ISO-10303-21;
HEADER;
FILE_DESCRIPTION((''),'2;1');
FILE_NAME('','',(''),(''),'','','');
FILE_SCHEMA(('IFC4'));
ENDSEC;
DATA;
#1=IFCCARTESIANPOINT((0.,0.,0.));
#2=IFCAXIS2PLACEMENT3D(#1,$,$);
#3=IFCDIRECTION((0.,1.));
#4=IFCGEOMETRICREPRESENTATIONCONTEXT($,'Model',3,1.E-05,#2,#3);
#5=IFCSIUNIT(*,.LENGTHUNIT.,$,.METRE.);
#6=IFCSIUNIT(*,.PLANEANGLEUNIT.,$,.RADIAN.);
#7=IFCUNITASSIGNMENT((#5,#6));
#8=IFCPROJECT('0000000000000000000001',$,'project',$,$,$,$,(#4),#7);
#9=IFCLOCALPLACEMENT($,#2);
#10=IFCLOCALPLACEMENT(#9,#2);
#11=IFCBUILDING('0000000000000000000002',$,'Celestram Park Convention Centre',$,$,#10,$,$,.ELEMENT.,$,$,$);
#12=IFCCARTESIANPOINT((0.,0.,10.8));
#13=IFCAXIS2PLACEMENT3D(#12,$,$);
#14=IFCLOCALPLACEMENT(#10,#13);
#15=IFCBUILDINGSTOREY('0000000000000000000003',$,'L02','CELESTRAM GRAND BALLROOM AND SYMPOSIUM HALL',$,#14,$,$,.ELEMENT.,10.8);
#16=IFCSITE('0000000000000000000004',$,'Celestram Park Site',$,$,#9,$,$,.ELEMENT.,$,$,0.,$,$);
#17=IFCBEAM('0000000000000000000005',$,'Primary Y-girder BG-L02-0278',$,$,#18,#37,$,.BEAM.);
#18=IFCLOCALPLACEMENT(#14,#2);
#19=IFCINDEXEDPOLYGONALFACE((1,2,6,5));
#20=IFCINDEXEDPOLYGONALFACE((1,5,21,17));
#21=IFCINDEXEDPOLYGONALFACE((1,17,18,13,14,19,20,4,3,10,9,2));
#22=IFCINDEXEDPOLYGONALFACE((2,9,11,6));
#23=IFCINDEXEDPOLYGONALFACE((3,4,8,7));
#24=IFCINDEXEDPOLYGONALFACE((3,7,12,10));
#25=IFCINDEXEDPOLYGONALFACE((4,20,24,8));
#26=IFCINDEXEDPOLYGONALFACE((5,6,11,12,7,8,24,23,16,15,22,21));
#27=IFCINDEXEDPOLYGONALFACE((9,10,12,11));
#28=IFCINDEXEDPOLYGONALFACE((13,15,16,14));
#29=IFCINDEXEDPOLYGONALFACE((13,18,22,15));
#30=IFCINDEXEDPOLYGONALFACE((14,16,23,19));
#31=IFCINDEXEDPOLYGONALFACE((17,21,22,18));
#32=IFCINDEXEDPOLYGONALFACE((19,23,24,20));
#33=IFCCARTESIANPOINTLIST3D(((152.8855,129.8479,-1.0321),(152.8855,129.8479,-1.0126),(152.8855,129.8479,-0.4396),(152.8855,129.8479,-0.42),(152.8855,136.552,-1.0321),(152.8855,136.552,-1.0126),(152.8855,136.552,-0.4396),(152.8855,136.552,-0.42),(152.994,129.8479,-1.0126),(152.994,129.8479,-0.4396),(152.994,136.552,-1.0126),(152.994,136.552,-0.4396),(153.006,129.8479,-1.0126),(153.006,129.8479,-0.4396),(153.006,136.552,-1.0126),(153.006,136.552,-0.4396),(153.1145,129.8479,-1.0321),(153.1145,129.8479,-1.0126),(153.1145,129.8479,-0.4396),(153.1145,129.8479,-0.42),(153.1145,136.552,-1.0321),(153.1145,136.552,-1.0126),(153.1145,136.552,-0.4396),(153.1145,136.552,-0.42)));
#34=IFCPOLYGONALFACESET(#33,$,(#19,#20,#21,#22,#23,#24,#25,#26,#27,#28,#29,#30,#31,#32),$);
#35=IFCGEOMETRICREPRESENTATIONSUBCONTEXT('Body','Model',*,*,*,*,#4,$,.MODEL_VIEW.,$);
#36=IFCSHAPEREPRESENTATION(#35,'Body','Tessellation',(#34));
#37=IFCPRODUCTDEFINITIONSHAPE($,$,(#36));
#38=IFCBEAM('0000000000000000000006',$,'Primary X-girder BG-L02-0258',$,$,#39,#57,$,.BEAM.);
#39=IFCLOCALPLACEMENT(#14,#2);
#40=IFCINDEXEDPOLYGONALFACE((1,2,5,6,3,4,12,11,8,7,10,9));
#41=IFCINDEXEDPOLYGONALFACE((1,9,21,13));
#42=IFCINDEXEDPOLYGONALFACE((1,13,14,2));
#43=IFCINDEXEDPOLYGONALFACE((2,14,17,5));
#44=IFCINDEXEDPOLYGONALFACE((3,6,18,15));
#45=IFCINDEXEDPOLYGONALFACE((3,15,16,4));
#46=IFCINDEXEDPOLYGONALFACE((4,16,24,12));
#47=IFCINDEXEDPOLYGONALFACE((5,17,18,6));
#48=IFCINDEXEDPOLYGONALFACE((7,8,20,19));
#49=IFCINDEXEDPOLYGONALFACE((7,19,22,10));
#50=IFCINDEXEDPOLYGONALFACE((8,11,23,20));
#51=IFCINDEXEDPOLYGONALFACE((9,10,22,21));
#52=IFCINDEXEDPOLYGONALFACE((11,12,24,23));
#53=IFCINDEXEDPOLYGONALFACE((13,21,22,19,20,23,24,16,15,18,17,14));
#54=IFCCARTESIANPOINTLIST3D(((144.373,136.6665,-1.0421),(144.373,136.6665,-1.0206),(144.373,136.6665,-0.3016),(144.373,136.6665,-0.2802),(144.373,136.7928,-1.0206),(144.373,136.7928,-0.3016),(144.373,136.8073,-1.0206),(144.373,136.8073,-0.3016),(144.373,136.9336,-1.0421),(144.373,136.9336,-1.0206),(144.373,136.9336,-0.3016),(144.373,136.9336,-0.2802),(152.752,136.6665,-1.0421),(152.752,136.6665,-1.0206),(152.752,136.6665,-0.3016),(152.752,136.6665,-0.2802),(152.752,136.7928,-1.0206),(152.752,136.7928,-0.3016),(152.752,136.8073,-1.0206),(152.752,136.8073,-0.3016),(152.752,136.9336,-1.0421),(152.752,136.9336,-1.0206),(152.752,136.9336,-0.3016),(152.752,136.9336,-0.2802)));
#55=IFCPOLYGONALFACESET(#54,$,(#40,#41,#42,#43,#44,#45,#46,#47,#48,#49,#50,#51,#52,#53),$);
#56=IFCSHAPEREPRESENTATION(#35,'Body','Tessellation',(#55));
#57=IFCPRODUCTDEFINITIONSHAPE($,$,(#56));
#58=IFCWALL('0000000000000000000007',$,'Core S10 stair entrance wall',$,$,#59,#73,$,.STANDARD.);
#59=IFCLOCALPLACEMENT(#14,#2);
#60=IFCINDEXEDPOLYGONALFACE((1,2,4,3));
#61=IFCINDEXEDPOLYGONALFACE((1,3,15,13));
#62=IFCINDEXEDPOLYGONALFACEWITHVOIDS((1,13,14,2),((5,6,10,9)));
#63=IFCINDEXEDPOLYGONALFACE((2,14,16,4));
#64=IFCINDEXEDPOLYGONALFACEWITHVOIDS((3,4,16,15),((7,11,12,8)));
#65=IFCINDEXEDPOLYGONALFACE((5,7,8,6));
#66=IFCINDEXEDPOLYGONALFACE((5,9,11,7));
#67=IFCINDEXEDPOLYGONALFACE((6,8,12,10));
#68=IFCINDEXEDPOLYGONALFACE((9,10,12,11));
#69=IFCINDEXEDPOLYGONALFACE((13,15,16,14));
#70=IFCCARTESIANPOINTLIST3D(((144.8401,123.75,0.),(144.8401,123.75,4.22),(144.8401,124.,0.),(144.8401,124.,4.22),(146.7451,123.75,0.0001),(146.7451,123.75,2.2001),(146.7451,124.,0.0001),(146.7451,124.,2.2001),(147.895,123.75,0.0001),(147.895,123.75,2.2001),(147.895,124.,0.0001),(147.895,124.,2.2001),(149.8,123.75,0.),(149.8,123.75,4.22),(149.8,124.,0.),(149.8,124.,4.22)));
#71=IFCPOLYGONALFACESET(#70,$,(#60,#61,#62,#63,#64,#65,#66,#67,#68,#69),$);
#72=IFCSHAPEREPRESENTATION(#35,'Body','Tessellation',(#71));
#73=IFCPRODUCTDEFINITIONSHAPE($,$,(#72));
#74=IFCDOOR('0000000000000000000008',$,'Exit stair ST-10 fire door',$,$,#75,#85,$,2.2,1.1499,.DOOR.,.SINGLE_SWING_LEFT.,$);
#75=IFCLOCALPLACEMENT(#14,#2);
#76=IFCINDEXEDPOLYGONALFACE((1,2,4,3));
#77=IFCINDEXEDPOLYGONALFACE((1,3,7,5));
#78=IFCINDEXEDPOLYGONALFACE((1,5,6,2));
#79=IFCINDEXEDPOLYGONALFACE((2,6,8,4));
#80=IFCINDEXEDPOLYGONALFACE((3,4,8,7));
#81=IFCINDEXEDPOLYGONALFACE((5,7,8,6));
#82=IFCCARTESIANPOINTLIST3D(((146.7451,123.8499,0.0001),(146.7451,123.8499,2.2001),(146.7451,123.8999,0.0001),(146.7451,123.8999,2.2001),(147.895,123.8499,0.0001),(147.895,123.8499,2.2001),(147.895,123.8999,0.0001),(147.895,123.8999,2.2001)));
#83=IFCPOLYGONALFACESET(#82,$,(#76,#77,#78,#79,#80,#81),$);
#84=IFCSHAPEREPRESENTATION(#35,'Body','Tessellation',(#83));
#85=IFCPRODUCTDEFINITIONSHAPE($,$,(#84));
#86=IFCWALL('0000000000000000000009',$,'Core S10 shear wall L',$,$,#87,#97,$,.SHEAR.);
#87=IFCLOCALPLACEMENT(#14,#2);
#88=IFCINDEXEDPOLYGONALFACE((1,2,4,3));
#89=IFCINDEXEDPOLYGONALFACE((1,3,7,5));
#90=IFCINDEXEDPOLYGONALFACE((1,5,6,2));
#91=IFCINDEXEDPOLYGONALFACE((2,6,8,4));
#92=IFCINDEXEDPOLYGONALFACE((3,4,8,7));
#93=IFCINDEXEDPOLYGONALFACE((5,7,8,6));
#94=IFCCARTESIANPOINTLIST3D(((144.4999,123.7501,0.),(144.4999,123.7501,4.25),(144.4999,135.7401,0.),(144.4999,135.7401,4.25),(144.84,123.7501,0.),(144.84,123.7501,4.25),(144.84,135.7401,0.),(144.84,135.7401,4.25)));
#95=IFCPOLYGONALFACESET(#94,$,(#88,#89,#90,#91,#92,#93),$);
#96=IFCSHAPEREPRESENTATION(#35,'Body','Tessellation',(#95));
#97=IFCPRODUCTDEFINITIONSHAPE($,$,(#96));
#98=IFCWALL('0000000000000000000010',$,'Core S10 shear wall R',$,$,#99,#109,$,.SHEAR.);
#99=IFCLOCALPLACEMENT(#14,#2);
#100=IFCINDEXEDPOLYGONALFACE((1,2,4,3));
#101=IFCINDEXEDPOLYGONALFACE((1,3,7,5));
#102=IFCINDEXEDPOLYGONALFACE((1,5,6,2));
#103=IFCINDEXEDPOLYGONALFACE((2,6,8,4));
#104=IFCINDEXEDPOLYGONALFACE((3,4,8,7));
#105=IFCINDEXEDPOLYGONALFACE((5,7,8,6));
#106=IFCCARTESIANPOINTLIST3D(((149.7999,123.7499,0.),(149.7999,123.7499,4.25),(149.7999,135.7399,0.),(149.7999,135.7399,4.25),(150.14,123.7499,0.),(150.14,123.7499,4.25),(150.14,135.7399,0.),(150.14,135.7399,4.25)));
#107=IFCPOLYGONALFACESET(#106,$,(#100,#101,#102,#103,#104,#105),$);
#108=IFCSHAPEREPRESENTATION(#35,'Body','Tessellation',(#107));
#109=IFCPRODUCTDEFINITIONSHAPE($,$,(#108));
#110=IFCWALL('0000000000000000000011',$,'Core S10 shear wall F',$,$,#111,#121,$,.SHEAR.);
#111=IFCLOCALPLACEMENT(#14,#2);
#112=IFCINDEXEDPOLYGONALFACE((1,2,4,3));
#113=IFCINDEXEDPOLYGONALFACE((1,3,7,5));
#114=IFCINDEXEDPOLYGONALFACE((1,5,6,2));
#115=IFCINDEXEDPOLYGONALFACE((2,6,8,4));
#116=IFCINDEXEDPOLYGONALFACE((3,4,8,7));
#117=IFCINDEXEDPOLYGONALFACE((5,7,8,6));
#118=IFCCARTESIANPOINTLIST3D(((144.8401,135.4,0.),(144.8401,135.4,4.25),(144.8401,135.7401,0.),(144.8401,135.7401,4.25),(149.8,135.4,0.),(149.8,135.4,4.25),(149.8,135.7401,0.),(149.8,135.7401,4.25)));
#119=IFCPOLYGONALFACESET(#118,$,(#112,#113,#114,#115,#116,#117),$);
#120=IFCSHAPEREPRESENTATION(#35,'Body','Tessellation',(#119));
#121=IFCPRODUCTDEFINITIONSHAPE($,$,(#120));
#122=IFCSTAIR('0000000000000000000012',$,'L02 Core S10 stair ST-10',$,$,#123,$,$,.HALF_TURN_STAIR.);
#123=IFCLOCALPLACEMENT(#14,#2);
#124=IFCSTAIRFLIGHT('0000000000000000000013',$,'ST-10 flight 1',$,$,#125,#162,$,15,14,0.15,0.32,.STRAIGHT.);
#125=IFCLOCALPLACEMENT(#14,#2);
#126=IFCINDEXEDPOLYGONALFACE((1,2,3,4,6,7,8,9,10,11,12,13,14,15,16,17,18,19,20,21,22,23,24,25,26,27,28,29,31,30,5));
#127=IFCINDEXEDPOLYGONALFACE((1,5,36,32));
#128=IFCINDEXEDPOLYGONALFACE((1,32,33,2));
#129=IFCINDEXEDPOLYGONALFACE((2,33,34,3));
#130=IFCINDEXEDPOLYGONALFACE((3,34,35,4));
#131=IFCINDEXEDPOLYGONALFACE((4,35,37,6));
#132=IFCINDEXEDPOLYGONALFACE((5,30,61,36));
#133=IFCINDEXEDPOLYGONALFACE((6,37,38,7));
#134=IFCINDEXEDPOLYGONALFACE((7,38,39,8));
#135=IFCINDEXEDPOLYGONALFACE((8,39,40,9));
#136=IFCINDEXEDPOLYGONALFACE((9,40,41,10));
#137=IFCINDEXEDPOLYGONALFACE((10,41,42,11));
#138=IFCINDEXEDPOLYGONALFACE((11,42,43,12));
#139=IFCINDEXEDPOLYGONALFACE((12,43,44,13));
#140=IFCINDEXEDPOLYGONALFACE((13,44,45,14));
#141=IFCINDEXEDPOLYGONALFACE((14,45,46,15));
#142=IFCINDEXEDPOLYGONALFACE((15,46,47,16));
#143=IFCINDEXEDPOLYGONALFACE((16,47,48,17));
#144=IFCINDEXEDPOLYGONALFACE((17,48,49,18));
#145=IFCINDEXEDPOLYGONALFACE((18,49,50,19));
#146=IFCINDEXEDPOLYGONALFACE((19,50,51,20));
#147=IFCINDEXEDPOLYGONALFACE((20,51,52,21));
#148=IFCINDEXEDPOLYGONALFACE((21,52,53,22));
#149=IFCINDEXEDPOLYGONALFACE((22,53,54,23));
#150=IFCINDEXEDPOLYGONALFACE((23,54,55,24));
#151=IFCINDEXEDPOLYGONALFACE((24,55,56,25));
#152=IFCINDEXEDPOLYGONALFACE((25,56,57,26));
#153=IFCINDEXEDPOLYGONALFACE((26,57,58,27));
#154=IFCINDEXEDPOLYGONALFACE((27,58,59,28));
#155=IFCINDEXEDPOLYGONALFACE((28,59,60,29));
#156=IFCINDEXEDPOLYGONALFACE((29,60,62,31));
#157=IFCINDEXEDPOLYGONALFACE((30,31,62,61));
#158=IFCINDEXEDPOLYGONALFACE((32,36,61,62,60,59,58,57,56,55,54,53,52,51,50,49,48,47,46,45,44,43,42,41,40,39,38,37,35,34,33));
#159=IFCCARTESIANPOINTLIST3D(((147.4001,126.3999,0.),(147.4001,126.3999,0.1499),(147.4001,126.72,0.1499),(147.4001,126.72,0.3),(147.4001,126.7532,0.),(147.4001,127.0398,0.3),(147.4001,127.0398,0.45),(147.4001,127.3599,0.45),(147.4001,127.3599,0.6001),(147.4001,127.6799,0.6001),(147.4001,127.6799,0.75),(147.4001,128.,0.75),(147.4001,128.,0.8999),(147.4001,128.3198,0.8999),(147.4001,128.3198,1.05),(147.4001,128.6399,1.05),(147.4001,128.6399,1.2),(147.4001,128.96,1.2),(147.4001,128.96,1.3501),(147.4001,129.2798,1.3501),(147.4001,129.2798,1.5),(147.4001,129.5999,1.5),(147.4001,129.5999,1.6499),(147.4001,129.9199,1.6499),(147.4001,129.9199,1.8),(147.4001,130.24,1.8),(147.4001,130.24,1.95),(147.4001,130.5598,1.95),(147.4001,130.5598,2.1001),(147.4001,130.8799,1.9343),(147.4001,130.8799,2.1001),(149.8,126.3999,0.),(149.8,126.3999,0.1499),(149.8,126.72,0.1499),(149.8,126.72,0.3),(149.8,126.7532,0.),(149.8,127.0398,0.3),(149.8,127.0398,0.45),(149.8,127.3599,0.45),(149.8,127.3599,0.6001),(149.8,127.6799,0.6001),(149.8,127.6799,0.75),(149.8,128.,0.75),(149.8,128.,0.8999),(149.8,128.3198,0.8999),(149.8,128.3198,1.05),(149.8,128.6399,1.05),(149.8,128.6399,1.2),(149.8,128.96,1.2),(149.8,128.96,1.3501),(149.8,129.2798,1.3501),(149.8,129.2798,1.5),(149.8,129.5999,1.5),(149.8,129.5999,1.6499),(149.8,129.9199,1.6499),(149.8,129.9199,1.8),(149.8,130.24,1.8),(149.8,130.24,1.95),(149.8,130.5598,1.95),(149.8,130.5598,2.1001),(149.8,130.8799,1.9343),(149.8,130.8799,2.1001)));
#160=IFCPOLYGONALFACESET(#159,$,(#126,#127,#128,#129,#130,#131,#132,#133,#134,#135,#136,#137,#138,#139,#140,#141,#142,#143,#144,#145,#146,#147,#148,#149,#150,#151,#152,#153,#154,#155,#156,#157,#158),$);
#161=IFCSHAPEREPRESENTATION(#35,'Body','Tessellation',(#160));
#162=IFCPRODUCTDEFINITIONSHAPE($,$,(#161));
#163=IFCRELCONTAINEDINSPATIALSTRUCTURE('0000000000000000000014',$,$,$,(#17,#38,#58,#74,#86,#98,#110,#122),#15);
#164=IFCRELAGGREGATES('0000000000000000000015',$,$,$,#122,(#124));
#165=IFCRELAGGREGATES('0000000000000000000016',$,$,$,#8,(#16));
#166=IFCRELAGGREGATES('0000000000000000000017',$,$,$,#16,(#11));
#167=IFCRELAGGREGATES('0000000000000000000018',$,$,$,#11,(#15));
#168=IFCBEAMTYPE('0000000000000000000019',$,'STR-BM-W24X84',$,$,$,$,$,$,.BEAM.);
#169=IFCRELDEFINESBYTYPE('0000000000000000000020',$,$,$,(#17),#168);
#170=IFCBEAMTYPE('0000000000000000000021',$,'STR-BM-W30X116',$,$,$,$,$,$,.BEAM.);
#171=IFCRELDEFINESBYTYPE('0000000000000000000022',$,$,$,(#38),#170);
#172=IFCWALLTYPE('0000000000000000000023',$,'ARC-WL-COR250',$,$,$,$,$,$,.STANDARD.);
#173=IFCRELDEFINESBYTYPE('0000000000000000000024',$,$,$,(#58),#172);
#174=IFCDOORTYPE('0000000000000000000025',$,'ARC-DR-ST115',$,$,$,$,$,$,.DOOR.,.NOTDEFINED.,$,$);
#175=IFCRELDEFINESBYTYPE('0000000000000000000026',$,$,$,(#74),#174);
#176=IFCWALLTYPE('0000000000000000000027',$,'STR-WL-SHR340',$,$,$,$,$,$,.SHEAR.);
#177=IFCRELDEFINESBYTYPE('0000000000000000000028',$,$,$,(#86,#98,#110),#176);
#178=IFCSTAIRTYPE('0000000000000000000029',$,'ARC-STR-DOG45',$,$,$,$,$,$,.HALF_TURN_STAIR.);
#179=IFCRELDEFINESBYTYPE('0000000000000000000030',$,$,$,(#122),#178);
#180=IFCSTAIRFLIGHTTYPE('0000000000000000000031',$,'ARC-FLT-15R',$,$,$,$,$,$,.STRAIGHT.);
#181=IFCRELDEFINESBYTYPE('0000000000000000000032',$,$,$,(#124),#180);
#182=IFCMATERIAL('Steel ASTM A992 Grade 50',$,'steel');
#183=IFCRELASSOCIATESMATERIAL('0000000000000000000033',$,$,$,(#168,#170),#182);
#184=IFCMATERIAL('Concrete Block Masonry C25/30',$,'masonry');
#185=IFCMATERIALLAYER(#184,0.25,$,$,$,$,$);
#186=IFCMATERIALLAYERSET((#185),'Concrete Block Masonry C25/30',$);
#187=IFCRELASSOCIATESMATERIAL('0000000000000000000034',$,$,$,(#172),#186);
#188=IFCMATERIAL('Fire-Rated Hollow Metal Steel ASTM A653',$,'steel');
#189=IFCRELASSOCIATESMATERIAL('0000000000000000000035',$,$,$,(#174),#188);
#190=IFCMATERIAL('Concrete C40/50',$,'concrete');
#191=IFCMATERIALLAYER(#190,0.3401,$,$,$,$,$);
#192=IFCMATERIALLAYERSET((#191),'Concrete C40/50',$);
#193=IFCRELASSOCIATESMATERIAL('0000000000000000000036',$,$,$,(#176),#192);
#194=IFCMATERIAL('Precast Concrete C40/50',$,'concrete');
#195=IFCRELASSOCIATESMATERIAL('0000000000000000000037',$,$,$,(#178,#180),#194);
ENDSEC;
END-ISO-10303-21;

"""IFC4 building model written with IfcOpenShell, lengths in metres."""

from ifc_helpers import new_model, si_unit, direction, frame, frame_2d, origin, origin_2d, place, context, subcontext, project, spatial, polyline, rectangle, i_section, outline, extrude, material, layer, layer_set, material_profile, profile_set, type_object, element, fill, aggregate, save


model = new_model("IFC4")

# Units and contexts
model_context = context("Model", 3, precision=1e-05, world=origin(), true_north=direction((0.0, 1.0)))
body_context = subcontext(model_context, "Body", "Model", "MODEL_VIEW")
ifc_project = project(units=[si_unit("LENGTHUNIT", "METRE"), si_unit("PLANEANGLEUNIT", "RADIAN")], contexts=[model_context])

# Site, building, storey
site_placement = place(None, origin())
site = spatial("IfcSite", under=ifc_project, at=site_placement, Name="Celestram Park Site", CompositionType="ELEMENT", RefElevation=0.0)
building_placement = place(site_placement, origin())
building = spatial("IfcBuilding", under=site, at=building_placement, Name="Celestram Park Convention Centre", CompositionType="ELEMENT")
storey_placement = place(building_placement, frame((0.0, 0.0, 10.8)))
storey = spatial("IfcBuildingStorey", under=building, at=storey_placement, Name="L02", Description="CELESTRAM GRAND BALLROOM AND SYMPOSIUM HALL", CompositionType="ELEMENT", Elevation=10.8)

# Shared definitions
ifc_material_1 = material(Name="Concrete C40/50", Category="concrete")

# Beams
ifc_material_2 = material(Name="Steel ASTM A992 Grade 50", Category="steel")
ifc_material_profile_1 = material_profile(ifc_material_2, i_section(OverallWidth=0.229, OverallDepth=0.6121, WebThickness=0.012, FlangeThickness=0.0195, at=origin_2d()), Name="W24X84")
ifc_profile_set_1 = profile_set([ifc_material_profile_1], Name="Steel ASTM A992 Grade 50")
beam_type_1 = type_object("IfcBeamType", Name="STR-BM-W24X84", PredefinedType="BEAM", material=ifc_profile_set_1)
for number, where, z_axis, x_axis, name in (
    (1, (153.0, 129.8479, -0.7261), (0.0, 1.0, 0.0), (-1.0, 0.0, 0.0), "Primary Y-girder BG-L02-0278"),
):
    element("IfcBeam", number, at=place(storey_placement, frame(where, z_axis=z_axis, x_axis=x_axis)), inside=storey, type_object=beam_type_1, Name=name, PredefinedType="BEAM", context=body_context, shape_type="SweptSolid", body=[
        extrude(i_section(OverallWidth=0.229, OverallDepth=0.6121, WebThickness=0.012, FlangeThickness=0.0195, at=origin_2d()), origin(), (0.0, 0.0, 1.0), 6.7041),
    ])
ifc_material_profile_2 = material_profile(ifc_material_2, i_section(OverallWidth=0.2671, OverallDepth=0.762, WebThickness=0.0144, FlangeThickness=0.0215, at=origin_2d()), Name="W30X116")
ifc_profile_set_2 = profile_set([ifc_material_profile_2], Name="Steel ASTM A992 Grade 50")
beam_type_2 = type_object("IfcBeamType", Name="STR-BM-W30X116", PredefinedType="BEAM", material=ifc_profile_set_2)
beam_placement = place(storey_placement, frame((144.373, 136.8, -0.6611), z_axis=(1.0, 0.0, 0.0), x_axis=(0.0, 1.0, 0.0)))
element("IfcBeam", 2, at=beam_placement, inside=storey, type_object=beam_type_2, Name="Primary X-girder BG-L02-0258", PredefinedType="BEAM", context=body_context, shape_type="SweptSolid", body=[
    extrude(i_section(OverallWidth=0.2671, OverallDepth=0.762, WebThickness=0.0144, FlangeThickness=0.0215, at=origin_2d()), origin(), (0.0, 0.0, 1.0), 8.3789),
])

# Wall, opening, door
ifc_material_3 = material(Name="Concrete Block Masonry C25/30", Category="masonry")
ifc_layer_1 = layer(ifc_material_3, 0.25)
ifc_layer_set_1 = layer_set([ifc_layer_1], Name="Concrete Block Masonry C25/30")
wall_type_1 = type_object("IfcWallType", Name="ARC-WL-COR250", PredefinedType="STANDARD", material=ifc_layer_set_1)
wall_1_placement = place(storey_placement, frame((144.8401, 123.875, 0.0), z_axis=(0.0, 0.0, 1.0), x_axis=(1.0, 0.0, 0.0)))
wall_1 = element("IfcWall", 3, at=wall_1_placement, inside=storey, type_object=wall_type_1, Name="Core S10 stair entrance wall", PredefinedType="STANDARD", context=body_context, shape_type="SweptSolid", body=[
    extrude(rectangle(XDim=4.96, YDim=0.25, at=frame_2d((2.48, 0.0))), origin(), (0.0, 0.0, 1.0), 4.22),
])
opening_placement = place(wall_1_placement, frame((1.905, 0.0, 0.0)))
opening = element("IfcOpeningElement", 4, at=opening_placement, cuts=wall_1, PredefinedType="OPENING", context=body_context, shape_type="SweptSolid", body=[
    extrude(rectangle(XDim=1.1499, YDim=2.2, at=frame_2d((0.575, 1.1001))), frame((0.0, 0.135, 0.0), z_axis=(0.0, -1.0, 0.0), x_axis=(1.0, 0.0, 0.0)), (0.0, 0.0, 1.0), 0.27),
])
ifc_material_4 = material(Name="Fire-Rated Hollow Metal Steel ASTM A653", Category="steel")
door_type = type_object("IfcDoorType", Name="ARC-DR-ST115", OperationType="NOTDEFINED", PredefinedType="DOOR", material=ifc_material_4)
door_placement = place(opening_placement, origin())
door = element("IfcDoor", 5, at=door_placement, inside=storey, type_object=door_type, Name="Exit stair ST-10 fire door", OperationType="SINGLE_SWING_LEFT", OverallHeight=2.2, OverallWidth=1.1499, PredefinedType="DOOR", context=body_context, shape_type="SweptSolid", body=[
    extrude(rectangle(XDim=1.1499, YDim=2.2, at=frame_2d((0.575, 1.1001))), frame((0.0, 0.0249, 0.0), z_axis=(0.0, -1.0, 0.0), x_axis=(1.0, 0.0, 0.0)), (0.0, 0.0, 1.0), 0.05),
])
fill(opening, door)

# Walls
ifc_layer_2 = layer(ifc_material_1, 0.3401)
ifc_layer_set_2 = layer_set([ifc_layer_2], Name="Concrete C40/50")
wall_type_2 = type_object("IfcWallType", Name="STR-WL-SHR340", PredefinedType="SHEAR", material=ifc_layer_set_2)
for number, where, z_axis, x_axis, name in (
    (6, (144.6699, 123.75, 0.0), (0.0, 0.0, 1.0), (0.0, 1.0, 0.0), "Core S10 shear wall L"),
    (7, (149.97, 135.74, 0.0), (0.0, 0.0, 1.0), (0.0, -1.0, 0.0), "Core S10 shear wall R"),
):
    element("IfcWall", number, at=place(storey_placement, frame(where, z_axis=z_axis, x_axis=x_axis)), inside=storey, type_object=wall_type_2, Name=name, PredefinedType="SHEAR", context=body_context, shape_type="SweptSolid", body=[
        extrude(rectangle(XDim=11.99, YDim=0.3401, at=frame_2d((5.9951, 0.0))), origin(), (0.0, 0.0, 1.0), 4.25),
    ])
wall_2_placement = place(storey_placement, frame((144.8401, 135.5701, 0.0), z_axis=(0.0, 0.0, 1.0), x_axis=(1.0, 0.0, 0.0)))
element("IfcWall", 8, at=wall_2_placement, inside=storey, type_object=wall_type_2, Name="Core S10 shear wall F", PredefinedType="SHEAR", context=body_context, shape_type="SweptSolid", body=[
    extrude(rectangle(XDim=4.96, YDim=0.3401, at=frame_2d((2.48, 0.0))), origin(), (0.0, 0.0, 1.0), 4.25),
])

# Stair, stair flight
ifc_material_5 = material(Name="Precast Concrete C40/50", Category="concrete")
stair_type = type_object("IfcStairType", Name="ARC-STR-DOG45", PredefinedType="HALF_TURN_STAIR", material=ifc_material_5)
stair_placement = place(storey_placement, origin())
stair = element("IfcStair", 9, at=stair_placement, inside=storey, type_object=stair_type, Name="L02 Core S10 stair ST-10", PredefinedType="HALF_TURN_STAIR")
stair_flight_type = type_object("IfcStairFlightType", Name="ARC-FLT-15R", PredefinedType="STRAIGHT", material=ifc_material_5)
stair_flight_1_placement = place(storey_placement, frame((148.6001, 126.3999, 0.0), z_axis=(0.0, 0.0, 1.0), x_axis=(0.0, 1.0, 0.0)))
stair_flight_1 = element("IfcStairFlight", 10, at=stair_flight_1_placement, type_object=stair_flight_type, Name="ST-10 flight 1", NumberOfRisers=15, NumberOfTreads=14, PredefinedType="STRAIGHT", RiserHeight=0.15, TreadLength=0.32, context=body_context, shape_type="SweptSolid", body=[
    extrude(outline(polyline([(0.0, 0.0), (0.0, 0.1499), (0.3201, 0.1499), (0.3201, 0.3), (0.6399, 0.3), (0.6399, 0.45), (0.96, 0.45), (0.96, 0.6001), (1.28, 0.6001), (1.28, 0.75), (1.6001, 0.75), (1.6001, 0.8999), (1.9199, 0.8999), (1.9199, 1.05), (2.24, 1.05), (2.24, 1.2), (2.5601, 1.2), (2.5601, 1.3501), (2.8799, 1.3501), (2.8799, 1.5), (3.2, 1.5), (3.2, 1.6499), (3.52, 1.6499), (3.52, 1.8), (3.8401, 1.8), (3.8401, 1.95), (4.1599, 1.95), (4.1599, 2.1001), (4.48, 2.1001), (4.48, 2.25), (4.48, 1.9343), (0.3533, 0.0), (0.0, 0.0)])), frame((0.0, 1.2, 0.0), z_axis=(0.0, -1.0, 0.0), x_axis=(1.0, 0.0, 0.0)), (0.0, 0.0, 1.0), 2.3999),
])
aggregate(stair, [stair_flight_1])

save(model, "model.ifc")
